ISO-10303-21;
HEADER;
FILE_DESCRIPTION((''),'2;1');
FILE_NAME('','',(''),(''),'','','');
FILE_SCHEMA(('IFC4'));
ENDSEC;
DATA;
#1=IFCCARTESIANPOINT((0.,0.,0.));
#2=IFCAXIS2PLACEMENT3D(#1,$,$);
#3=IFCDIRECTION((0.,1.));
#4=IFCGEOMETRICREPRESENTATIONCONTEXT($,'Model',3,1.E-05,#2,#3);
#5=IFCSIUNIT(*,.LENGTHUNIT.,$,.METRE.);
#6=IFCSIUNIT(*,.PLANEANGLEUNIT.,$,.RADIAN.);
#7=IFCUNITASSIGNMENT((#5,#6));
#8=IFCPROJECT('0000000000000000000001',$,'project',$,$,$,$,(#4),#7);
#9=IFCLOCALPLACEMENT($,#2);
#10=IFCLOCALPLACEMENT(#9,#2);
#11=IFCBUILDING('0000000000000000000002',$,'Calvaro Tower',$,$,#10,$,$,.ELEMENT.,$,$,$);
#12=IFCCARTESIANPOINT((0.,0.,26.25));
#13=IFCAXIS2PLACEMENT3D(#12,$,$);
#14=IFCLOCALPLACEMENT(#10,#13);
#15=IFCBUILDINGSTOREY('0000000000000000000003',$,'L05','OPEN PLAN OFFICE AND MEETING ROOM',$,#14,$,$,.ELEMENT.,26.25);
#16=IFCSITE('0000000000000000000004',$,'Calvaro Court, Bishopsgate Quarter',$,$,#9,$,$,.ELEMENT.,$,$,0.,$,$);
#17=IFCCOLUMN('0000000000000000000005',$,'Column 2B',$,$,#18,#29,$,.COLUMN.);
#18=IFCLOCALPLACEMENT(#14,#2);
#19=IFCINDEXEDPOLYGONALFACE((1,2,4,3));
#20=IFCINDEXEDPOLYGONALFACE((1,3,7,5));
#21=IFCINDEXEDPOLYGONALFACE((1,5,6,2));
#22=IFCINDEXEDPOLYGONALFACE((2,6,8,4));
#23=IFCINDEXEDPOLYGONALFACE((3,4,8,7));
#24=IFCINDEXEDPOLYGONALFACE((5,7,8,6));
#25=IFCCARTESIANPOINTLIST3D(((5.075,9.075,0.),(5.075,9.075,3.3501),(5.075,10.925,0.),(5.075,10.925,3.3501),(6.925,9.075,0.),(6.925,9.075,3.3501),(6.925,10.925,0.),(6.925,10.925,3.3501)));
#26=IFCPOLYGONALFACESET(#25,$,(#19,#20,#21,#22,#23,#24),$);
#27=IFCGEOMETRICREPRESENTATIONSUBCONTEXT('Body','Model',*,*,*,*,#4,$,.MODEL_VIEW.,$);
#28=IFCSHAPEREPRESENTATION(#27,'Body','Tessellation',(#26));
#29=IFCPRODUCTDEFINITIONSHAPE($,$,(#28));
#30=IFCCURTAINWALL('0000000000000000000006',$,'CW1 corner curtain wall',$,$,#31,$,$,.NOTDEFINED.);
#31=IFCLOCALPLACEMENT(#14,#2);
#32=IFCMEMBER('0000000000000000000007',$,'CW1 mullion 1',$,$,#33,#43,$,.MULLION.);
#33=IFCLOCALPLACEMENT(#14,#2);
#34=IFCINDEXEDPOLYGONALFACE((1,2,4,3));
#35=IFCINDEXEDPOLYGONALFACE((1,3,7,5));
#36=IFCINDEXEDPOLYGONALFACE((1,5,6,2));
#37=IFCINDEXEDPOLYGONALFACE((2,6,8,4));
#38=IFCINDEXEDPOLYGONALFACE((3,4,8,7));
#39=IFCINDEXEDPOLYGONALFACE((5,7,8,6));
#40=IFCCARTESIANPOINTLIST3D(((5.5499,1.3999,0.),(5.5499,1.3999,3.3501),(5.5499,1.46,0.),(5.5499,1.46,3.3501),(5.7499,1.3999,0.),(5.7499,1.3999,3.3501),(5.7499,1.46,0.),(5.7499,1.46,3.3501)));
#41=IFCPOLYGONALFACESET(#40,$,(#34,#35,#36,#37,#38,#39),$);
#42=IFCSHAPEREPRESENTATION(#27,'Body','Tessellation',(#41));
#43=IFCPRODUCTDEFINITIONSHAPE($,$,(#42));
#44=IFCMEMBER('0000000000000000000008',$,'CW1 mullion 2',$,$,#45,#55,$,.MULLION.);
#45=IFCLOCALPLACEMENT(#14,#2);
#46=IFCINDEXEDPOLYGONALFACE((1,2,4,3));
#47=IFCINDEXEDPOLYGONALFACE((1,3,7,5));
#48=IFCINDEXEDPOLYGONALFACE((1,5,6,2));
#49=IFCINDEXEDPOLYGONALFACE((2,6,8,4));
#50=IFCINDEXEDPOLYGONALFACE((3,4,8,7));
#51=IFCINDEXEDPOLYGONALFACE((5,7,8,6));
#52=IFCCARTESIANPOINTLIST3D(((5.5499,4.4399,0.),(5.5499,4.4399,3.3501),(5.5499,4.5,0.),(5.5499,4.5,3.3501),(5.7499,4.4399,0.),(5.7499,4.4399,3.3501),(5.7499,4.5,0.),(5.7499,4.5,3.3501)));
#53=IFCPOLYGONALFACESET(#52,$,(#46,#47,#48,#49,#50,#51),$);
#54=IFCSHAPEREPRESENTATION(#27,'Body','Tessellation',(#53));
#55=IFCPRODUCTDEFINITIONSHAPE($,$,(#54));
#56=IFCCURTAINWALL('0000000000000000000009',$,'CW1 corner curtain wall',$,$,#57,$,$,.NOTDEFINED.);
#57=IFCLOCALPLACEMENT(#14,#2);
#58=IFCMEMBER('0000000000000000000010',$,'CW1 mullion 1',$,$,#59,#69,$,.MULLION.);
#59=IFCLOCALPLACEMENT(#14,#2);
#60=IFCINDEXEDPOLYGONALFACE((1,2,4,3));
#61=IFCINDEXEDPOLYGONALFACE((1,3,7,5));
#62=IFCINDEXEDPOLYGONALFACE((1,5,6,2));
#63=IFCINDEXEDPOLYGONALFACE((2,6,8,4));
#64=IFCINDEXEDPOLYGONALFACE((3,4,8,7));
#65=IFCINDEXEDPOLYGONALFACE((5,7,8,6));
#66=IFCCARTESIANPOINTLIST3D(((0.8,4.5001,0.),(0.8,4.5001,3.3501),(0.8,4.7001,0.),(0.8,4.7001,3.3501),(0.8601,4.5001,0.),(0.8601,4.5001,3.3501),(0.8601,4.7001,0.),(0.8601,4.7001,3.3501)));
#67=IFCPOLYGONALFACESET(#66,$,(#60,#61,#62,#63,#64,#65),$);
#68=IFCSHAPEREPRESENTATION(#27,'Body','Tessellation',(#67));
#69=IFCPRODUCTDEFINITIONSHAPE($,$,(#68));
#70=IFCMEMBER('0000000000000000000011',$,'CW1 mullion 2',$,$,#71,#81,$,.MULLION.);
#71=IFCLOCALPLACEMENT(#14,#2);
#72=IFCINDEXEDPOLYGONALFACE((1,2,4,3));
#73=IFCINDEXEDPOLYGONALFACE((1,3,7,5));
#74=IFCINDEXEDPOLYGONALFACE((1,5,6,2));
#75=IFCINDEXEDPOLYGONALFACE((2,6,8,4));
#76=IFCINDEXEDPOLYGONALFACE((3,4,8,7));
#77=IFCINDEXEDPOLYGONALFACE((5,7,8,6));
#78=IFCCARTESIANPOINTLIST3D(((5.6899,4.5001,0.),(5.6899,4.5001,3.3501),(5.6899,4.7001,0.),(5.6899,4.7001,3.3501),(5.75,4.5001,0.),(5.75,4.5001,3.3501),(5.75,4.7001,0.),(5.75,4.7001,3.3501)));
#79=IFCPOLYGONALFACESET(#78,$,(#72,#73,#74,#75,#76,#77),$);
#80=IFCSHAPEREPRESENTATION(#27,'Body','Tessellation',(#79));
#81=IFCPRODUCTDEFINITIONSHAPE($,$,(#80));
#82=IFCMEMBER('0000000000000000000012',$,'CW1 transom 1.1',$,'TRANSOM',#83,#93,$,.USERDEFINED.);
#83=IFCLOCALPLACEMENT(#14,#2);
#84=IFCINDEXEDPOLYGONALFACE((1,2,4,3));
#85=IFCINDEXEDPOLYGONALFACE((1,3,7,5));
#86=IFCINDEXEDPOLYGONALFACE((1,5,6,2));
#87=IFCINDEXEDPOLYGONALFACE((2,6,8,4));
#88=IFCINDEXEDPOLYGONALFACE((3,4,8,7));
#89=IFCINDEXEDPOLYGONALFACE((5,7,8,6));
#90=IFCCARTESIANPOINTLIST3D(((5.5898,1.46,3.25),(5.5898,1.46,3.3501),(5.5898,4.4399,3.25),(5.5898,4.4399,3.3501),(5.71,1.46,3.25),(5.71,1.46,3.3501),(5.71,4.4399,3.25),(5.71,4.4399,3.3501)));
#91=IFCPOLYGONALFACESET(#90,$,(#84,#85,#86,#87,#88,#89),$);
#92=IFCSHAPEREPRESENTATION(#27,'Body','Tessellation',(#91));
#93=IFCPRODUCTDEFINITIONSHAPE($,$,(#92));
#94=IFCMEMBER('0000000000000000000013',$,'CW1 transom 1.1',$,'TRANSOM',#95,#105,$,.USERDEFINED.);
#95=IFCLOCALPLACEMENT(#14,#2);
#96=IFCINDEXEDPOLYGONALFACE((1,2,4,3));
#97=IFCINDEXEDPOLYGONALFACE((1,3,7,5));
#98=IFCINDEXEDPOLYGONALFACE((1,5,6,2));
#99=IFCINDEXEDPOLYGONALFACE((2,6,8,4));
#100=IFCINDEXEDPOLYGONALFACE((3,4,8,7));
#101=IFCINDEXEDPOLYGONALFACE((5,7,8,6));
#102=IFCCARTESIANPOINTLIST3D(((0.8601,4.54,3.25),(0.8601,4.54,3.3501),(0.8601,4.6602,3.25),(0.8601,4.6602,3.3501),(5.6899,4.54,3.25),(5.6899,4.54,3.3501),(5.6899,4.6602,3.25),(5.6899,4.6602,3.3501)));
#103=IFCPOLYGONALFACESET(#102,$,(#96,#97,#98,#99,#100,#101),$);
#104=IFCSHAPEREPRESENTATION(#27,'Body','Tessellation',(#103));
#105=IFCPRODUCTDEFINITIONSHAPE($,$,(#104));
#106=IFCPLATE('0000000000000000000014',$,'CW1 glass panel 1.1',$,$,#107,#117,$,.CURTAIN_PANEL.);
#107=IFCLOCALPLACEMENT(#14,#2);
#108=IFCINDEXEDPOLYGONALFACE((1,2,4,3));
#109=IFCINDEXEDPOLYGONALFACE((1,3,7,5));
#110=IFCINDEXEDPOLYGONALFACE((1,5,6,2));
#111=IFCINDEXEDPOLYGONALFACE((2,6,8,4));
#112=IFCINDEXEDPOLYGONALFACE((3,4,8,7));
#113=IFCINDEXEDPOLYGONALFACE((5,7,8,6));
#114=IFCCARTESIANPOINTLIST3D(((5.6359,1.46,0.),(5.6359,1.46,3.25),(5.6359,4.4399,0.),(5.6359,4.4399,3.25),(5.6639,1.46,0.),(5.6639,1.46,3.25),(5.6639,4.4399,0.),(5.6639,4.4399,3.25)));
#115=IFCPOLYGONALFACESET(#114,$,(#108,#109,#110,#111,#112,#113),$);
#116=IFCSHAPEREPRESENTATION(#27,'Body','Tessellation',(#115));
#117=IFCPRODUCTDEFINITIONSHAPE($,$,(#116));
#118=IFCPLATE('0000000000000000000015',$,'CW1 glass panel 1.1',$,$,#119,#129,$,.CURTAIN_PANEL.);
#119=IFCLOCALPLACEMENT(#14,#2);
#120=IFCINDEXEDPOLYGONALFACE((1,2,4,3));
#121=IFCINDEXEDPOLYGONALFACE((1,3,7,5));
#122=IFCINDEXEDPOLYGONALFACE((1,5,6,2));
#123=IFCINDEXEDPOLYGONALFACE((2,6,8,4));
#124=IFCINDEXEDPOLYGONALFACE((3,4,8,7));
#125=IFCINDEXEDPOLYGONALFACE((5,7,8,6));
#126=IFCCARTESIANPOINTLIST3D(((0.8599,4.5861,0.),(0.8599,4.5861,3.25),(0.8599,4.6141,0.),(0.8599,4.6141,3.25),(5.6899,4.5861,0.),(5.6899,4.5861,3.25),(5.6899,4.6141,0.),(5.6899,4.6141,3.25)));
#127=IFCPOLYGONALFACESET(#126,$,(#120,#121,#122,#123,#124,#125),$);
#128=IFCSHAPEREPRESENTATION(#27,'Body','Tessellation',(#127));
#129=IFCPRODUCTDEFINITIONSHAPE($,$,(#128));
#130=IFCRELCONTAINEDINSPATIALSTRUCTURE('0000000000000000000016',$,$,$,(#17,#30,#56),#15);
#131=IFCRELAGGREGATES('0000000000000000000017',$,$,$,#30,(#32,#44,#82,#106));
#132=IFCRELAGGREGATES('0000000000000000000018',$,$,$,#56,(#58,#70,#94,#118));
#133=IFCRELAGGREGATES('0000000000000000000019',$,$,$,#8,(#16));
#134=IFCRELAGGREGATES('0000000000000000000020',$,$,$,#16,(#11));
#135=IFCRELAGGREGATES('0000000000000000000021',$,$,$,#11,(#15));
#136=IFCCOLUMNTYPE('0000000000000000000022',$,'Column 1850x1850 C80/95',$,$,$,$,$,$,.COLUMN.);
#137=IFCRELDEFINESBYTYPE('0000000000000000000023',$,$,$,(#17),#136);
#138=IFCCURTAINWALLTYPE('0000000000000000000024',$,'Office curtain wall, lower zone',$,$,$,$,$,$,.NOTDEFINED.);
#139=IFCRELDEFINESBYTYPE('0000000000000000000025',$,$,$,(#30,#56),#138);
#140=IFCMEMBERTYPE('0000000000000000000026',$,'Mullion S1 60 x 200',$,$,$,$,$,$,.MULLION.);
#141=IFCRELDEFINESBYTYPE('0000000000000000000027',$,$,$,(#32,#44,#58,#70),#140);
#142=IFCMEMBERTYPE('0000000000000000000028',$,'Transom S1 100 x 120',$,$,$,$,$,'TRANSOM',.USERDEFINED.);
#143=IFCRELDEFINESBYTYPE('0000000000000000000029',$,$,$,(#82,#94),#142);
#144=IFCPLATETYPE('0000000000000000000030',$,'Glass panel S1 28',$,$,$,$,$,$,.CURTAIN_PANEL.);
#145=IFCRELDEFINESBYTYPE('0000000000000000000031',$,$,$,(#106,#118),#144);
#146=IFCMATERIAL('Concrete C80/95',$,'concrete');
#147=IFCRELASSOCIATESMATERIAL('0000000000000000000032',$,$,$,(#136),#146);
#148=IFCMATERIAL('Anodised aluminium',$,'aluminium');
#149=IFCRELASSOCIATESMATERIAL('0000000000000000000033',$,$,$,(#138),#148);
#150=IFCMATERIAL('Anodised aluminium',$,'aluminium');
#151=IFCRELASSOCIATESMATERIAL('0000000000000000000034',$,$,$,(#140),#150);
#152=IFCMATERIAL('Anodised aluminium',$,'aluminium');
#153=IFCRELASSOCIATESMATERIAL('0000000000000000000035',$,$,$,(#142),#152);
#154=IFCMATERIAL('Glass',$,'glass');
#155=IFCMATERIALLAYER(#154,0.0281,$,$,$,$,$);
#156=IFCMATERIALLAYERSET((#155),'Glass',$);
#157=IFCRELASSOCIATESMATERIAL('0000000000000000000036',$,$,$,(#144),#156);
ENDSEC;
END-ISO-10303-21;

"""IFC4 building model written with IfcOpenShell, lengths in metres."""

from ifc_helpers import new_model, si_unit, direction, frame, origin, origin_2d, place, context, subcontext, project, spatial, rectangle, extrude, material, layer, layer_set, material_profile, profile_set, type_object, element, aggregate, save


model = new_model("IFC4")

# Units and contexts
model_context = context("Model", 3, precision=1e-05, world=origin(), true_north=direction((0.0, 1.0)))
body_context = subcontext(model_context, "Body", "Model", "MODEL_VIEW")
ifc_project = project(units=[si_unit("LENGTHUNIT", "METRE"), si_unit("PLANEANGLEUNIT", "RADIAN")], contexts=[model_context])

# Site, building, storey
site_placement = place(None, origin())
site = spatial("IfcSite", under=ifc_project, at=site_placement, Name="Calvaro Court, Bishopsgate Quarter", CompositionType="ELEMENT", RefElevation=0.0)
building_placement = place(site_placement, origin())
building = spatial("IfcBuilding", under=site, at=building_placement, Name="Calvaro Tower", CompositionType="ELEMENT")
storey_placement = place(building_placement, frame((0.0, 0.0, 26.25)))
storey = spatial("IfcBuildingStorey", under=building, at=storey_placement, Name="L05", Description="OPEN PLAN OFFICE AND MEETING ROOM", CompositionType="ELEMENT", Elevation=26.25)

# Column
ifc_material_1 = material(Name="Concrete C80/95", Category="concrete")
ifc_material_profile_1 = material_profile(ifc_material_1, rectangle(XDim=1.8501, YDim=1.8501, at=origin_2d()), Name="RC 1850x1850")
ifc_profile_set_1 = profile_set([ifc_material_profile_1], Name="Concrete C80/95")
column_type = type_object("IfcColumnType", Name="Column 1850x1850 C80/95", PredefinedType="COLUMN", material=ifc_profile_set_1)
column_placement = place(storey_placement, frame((6.0, 10.0, 0.0), z_axis=(0.0, 0.0, 1.0), x_axis=(1.0, 0.0, 0.0)))
element("IfcColumn", 1, at=column_placement, inside=storey, type_object=column_type, Name="Column 2B", PredefinedType="COLUMN", context=body_context, shape_type="SweptSolid", body=[
    extrude(rectangle(XDim=1.8501, YDim=1.8501, at=origin_2d()), origin(), (0.0, 0.0, 1.0), 3.3501),
])

# Curtain walls, members
ifc_material_2 = material(Name="Anodised aluminium", Category="aluminium")
curtain_wall_type = type_object("IfcCurtainWallType", Name="Office curtain wall, lower zone", PredefinedType="NOTDEFINED", material=ifc_material_2)
curtain_wall_1_placement = place(storey_placement, origin())
curtain_wall_1 = element("IfcCurtainWall", 2, at=curtain_wall_1_placement, inside=storey, type_object=curtain_wall_type, Name="CW1 corner curtain wall", PredefinedType="NOTDEFINED")
ifc_material_3 = material(Name="Anodised aluminium", Category="aluminium")
ifc_material_profile_2 = material_profile(ifc_material_3, rectangle(XDim=0.2, YDim=0.0601, at=origin_2d()), Name="Mullion S1 60 x 200")
ifc_profile_set_2 = profile_set([ifc_material_profile_2], Name="Anodised aluminium")
member_type_1 = type_object("IfcMemberType", Name="Mullion S1 60 x 200", PredefinedType="MULLION", material=ifc_profile_set_2)
member_1_placement = place(storey_placement, frame((5.6499, 1.4299, 0.0), z_axis=(0.0, 0.0, 1.0), x_axis=(-1.0, 0.0, 0.0)))
member_1 = element("IfcMember", 3, at=member_1_placement, type_object=member_type_1, Name="CW1 mullion 1", PredefinedType="MULLION", context=body_context, shape_type="SweptSolid", body=[
    extrude(rectangle(XDim=0.2, YDim=0.0601, at=origin_2d()), origin(), (0.0, 0.0, 1.0), 3.3501),
])
member_2_placement = place(storey_placement, frame((5.6499, 4.47, 0.0), z_axis=(0.0, 0.0, 1.0), x_axis=(-1.0, 0.0, 0.0)))
member_2 = element("IfcMember", 4, at=member_2_placement, type_object=member_type_1, Name="CW1 mullion 2", PredefinedType="MULLION", context=body_context, shape_type="SweptSolid", body=[
    extrude(rectangle(XDim=0.2, YDim=0.0601, at=origin_2d()), origin(), (0.0, 0.0, 1.0), 3.3501),
])
curtain_wall_2_placement = place(storey_placement, origin())
curtain_wall_2 = element("IfcCurtainWall", 5, at=curtain_wall_2_placement, inside=storey, type_object=curtain_wall_type, Name="CW1 corner curtain wall", PredefinedType="NOTDEFINED")
member_3_placement = place(storey_placement, frame((0.8301, 4.6001, 0.0), z_axis=(0.0, 0.0, 1.0), x_axis=(0.0, 1.0, 0.0)))
member_3 = element("IfcMember", 6, at=member_3_placement, type_object=member_type_1, Name="CW1 mullion 1", PredefinedType="MULLION", context=body_context, shape_type="SweptSolid", body=[
    extrude(rectangle(XDim=0.2, YDim=0.0601, at=origin_2d()), origin(), (0.0, 0.0, 1.0), 3.3501),
])
member_4_placement = place(storey_placement, frame((5.72, 4.6001, 0.0), z_axis=(0.0, 0.0, 1.0), x_axis=(0.0, 1.0, 0.0)))
member_4 = element("IfcMember", 7, at=member_4_placement, type_object=member_type_1, Name="CW1 mullion 2", PredefinedType="MULLION", context=body_context, shape_type="SweptSolid", body=[
    extrude(rectangle(XDim=0.2, YDim=0.0601, at=origin_2d()), origin(), (0.0, 0.0, 1.0), 3.3501),
])

# Members
ifc_material_4 = material(Name="Anodised aluminium", Category="aluminium")
ifc_material_profile_3 = material_profile(ifc_material_4, rectangle(XDim=0.1201, YDim=0.1001, at=origin_2d()), Name="Transom S1 100 x 120")
ifc_profile_set_3 = profile_set([ifc_material_profile_3], Name="Anodised aluminium")
member_type_2 = type_object("IfcMemberType", Name="Transom S1 100 x 120", ElementType="TRANSOM", PredefinedType="USERDEFINED", material=ifc_profile_set_3)
member_5_placement = place(storey_placement, frame((5.6499, 1.46, 3.3), z_axis=(0.0, 1.0, 0.0), x_axis=(-1.0, 0.0, 0.0)))
member_5 = element("IfcMember", 8, at=member_5_placement, type_object=member_type_2, Name="CW1 transom 1.1", ObjectType="TRANSOM", PredefinedType="USERDEFINED", context=body_context, shape_type="SweptSolid", body=[
    extrude(rectangle(XDim=0.1201, YDim=0.1001, at=origin_2d()), origin(), (0.0, 0.0, 1.0), 2.98),
])
member_6_placement = place(storey_placement, frame((0.8601, 4.6001, 3.3), z_axis=(1.0, 0.0, 0.0), x_axis=(0.0, 1.0, 0.0)))
member_6 = element("IfcMember", 9, at=member_6_placement, type_object=member_type_2, Name="CW1 transom 1.1", ObjectType="TRANSOM", PredefinedType="USERDEFINED", context=body_context, shape_type="SweptSolid", body=[
    extrude(rectangle(XDim=0.1201, YDim=0.1001, at=origin_2d()), origin(), (0.0, 0.0, 1.0), 4.8298),
])

# Plates
ifc_material_5 = material(Name="Glass", Category="glass")
ifc_layer_1 = layer(ifc_material_5, 0.0281)
ifc_layer_set_1 = layer_set([ifc_layer_1], Name="Glass")
plate_type = type_object("IfcPlateType", Name="Glass panel S1 28", PredefinedType="CURTAIN_PANEL", material=ifc_layer_set_1)
plate_1_placement = place(storey_placement, frame((5.6499, 2.95, 0.0), z_axis=(0.0, 0.0, 1.0), x_axis=(0.0, 1.0, 0.0)))
plate_1 = element("IfcPlate", 10, at=plate_1_placement, type_object=plate_type, Name="CW1 glass panel 1.1", PredefinedType="CURTAIN_PANEL", context=body_context, shape_type="SweptSolid", body=[
    extrude(rectangle(XDim=2.98, YDim=0.0281, at=origin_2d()), origin(), (0.0, 0.0, 1.0), 3.25),
])
aggregate(curtain_wall_1, [member_1, member_2, member_5, plate_1])
plate_2_placement = place(storey_placement, frame((3.2749, 4.6001, 0.0), z_axis=(0.0, 0.0, 1.0), x_axis=(1.0, 0.0, 0.0)))
plate_2 = element("IfcPlate", 11, at=plate_2_placement, type_object=plate_type, Name="CW1 glass panel 1.1", PredefinedType="CURTAIN_PANEL", context=body_context, shape_type="SweptSolid", body=[
    extrude(rectangle(XDim=4.8301, YDim=0.0281, at=origin_2d()), origin(), (0.0, 0.0, 1.0), 3.25),
])
aggregate(curtain_wall_2, [member_3, member_4, member_6, plate_2])

save(model, "model.ifc")
